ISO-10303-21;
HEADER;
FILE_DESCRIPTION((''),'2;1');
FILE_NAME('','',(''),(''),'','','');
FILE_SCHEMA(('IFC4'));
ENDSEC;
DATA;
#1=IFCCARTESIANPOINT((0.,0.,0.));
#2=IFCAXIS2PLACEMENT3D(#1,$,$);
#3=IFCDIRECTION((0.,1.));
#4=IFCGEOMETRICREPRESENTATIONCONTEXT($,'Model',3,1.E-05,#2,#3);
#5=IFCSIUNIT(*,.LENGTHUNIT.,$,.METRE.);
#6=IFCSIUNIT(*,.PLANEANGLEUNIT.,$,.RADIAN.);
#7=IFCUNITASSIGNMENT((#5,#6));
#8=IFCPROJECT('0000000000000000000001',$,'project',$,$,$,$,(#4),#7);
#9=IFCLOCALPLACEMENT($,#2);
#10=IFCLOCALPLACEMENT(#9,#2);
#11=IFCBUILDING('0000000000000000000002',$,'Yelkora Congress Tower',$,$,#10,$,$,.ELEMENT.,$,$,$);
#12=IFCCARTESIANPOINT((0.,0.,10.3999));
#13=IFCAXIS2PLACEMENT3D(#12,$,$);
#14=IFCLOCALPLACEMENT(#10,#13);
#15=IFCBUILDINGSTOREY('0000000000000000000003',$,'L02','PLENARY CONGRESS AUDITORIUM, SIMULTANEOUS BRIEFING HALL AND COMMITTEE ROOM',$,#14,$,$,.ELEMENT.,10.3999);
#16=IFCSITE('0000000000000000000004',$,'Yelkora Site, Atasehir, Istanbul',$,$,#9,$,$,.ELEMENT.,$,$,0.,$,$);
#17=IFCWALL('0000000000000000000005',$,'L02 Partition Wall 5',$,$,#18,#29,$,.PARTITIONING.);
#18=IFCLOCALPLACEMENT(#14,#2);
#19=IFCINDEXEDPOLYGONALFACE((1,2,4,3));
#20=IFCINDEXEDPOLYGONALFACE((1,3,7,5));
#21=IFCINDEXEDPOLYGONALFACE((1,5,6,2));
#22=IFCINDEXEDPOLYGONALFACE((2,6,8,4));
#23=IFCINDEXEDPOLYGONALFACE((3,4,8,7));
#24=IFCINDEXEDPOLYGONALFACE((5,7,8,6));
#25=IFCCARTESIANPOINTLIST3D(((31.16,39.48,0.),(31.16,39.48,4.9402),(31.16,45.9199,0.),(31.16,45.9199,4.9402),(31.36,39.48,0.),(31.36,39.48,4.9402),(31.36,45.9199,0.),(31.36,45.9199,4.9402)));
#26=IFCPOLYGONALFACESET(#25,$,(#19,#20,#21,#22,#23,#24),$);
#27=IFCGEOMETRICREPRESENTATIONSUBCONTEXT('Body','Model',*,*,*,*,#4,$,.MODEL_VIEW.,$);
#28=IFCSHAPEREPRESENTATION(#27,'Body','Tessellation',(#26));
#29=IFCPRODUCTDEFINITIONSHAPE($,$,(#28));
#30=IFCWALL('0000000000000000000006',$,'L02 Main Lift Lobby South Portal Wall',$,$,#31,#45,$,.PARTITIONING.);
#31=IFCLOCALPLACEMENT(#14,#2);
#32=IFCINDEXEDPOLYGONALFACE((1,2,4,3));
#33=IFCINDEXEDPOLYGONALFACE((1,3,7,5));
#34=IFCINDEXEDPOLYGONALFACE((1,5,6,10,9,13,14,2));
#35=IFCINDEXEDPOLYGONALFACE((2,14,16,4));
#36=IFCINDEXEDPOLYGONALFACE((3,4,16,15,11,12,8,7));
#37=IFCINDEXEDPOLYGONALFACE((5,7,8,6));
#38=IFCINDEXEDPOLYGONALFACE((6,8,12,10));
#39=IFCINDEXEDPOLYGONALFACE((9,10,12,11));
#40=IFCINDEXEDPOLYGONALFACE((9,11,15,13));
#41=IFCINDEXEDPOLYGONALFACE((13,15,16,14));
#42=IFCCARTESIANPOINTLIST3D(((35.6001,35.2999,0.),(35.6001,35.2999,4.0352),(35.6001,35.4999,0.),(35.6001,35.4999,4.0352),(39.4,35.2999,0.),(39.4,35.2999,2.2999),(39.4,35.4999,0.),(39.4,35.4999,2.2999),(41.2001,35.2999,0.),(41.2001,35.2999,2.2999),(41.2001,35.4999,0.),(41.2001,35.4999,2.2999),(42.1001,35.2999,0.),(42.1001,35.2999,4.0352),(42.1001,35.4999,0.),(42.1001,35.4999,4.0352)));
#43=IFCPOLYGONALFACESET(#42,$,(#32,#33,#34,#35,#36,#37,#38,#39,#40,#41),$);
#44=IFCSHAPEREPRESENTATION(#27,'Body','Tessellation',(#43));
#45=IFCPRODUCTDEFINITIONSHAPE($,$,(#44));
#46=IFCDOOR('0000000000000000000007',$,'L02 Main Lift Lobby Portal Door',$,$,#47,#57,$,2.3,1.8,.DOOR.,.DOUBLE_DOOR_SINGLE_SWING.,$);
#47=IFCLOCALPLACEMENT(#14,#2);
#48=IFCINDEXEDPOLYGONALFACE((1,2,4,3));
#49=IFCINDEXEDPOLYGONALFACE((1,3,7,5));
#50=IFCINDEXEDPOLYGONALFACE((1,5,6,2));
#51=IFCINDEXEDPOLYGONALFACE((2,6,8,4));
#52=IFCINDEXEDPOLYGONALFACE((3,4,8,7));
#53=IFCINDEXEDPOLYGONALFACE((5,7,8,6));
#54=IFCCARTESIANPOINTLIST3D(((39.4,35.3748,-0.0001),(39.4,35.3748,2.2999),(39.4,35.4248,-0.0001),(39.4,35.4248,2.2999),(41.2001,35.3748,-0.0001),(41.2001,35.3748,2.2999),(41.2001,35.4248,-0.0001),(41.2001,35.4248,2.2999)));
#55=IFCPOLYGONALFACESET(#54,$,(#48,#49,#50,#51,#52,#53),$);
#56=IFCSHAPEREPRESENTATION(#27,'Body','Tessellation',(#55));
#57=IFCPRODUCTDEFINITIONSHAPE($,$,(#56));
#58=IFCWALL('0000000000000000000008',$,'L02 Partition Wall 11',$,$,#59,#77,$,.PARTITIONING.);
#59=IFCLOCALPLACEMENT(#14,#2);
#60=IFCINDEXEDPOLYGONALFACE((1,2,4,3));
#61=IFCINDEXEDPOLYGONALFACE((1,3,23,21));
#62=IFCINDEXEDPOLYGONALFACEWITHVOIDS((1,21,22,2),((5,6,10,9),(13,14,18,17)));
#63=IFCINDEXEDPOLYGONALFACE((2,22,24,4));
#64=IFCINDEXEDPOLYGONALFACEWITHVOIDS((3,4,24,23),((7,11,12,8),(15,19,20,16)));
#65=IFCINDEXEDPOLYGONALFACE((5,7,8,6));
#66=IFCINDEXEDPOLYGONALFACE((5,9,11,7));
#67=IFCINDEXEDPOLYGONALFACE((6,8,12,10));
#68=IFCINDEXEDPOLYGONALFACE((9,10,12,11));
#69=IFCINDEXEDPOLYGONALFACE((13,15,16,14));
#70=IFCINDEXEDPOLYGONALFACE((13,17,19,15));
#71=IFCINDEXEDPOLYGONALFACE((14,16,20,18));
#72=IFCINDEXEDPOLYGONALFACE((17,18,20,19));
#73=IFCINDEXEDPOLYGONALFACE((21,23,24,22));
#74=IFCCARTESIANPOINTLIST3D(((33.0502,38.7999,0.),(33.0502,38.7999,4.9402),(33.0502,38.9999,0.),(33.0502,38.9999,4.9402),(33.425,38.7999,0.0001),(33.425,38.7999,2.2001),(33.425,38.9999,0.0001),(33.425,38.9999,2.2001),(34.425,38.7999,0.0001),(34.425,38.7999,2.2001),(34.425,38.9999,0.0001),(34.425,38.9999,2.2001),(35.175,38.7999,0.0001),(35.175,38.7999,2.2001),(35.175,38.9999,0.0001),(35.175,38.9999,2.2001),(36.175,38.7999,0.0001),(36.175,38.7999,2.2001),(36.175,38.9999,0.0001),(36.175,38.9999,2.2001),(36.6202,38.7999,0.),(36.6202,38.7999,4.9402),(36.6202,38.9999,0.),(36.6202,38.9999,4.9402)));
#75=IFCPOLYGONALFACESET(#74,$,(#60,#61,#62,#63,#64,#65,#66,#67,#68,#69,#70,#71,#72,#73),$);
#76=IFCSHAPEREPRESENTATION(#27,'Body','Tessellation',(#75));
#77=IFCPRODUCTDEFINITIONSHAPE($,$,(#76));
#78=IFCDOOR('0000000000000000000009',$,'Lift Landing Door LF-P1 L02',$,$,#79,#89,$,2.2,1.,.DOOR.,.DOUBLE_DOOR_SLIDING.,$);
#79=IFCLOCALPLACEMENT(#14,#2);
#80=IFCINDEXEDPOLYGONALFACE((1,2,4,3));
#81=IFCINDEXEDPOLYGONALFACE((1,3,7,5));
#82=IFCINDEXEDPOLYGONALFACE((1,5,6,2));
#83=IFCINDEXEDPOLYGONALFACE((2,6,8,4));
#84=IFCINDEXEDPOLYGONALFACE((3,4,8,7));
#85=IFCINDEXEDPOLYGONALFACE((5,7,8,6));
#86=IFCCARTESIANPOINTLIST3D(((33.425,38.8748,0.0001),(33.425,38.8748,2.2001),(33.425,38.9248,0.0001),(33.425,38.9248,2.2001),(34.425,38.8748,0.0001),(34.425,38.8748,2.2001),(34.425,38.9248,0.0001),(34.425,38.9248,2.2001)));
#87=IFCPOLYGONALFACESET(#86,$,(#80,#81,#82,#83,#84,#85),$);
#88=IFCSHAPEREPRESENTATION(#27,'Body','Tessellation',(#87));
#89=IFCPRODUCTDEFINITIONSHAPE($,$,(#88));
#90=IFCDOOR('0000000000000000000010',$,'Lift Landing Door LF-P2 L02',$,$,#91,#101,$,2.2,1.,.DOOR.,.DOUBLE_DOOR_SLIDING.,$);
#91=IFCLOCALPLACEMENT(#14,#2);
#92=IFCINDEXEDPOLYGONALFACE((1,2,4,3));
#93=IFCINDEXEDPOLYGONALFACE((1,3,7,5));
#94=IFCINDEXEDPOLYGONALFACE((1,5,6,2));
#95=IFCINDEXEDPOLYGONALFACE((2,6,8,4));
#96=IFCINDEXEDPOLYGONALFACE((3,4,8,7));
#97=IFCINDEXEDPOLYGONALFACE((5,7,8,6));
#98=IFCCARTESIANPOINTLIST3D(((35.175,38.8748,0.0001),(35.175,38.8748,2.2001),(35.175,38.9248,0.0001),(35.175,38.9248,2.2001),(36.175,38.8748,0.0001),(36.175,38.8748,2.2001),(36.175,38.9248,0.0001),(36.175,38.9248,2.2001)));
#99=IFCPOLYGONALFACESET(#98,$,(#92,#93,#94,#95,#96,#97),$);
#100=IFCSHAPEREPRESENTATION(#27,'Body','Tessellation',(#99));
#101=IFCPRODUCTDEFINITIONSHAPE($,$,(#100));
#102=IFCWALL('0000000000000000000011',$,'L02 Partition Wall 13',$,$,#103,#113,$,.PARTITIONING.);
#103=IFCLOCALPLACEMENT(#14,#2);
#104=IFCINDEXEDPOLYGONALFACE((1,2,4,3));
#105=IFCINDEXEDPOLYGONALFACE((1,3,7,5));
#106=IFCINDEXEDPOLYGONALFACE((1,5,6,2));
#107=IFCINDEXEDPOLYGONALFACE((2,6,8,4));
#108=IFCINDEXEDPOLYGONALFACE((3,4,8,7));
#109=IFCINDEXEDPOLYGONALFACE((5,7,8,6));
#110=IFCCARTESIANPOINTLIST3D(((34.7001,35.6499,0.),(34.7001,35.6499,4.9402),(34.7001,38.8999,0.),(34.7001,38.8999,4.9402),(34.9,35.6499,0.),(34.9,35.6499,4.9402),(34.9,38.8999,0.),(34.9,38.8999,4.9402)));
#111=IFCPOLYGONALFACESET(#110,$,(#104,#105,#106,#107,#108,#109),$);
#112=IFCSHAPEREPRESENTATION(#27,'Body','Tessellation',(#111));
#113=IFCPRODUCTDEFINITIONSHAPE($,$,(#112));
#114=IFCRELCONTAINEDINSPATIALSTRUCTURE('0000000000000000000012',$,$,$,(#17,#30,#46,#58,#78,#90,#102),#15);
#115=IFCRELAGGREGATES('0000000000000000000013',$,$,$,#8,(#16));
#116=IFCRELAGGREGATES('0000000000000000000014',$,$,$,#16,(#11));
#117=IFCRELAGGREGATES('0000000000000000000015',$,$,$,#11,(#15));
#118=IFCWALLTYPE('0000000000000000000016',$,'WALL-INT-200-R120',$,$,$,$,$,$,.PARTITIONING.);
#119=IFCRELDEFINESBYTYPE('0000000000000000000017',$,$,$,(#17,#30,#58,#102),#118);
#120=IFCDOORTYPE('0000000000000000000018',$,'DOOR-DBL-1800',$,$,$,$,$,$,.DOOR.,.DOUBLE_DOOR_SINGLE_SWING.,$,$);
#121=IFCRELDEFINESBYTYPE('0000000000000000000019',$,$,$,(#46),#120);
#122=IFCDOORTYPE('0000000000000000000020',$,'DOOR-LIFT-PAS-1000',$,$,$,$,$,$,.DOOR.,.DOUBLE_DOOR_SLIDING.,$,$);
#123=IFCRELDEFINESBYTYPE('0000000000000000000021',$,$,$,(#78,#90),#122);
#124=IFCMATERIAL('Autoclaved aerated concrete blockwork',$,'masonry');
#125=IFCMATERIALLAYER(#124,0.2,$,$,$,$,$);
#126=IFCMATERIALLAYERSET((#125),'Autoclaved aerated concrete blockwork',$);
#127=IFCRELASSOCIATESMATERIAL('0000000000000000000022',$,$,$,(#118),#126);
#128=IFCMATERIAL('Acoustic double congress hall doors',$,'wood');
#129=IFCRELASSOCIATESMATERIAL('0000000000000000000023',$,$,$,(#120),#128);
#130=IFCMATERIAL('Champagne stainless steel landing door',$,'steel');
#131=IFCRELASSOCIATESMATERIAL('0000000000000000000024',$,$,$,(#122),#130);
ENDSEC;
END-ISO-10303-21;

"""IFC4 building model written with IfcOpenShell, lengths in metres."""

from ifc_helpers import new_model, si_unit, direction, frame, frame_2d, origin, place, context, subcontext, project, spatial, rectangle, extrude, material, layer, layer_set, type_object, element, fill, save


model = new_model("IFC4")

# Units and contexts
model_context = context("Model", 3, precision=1e-05, world=origin(), true_north=direction((0.0, 1.0)))
body_context = subcontext(model_context, "Body", "Model", "MODEL_VIEW")
ifc_project = project(units=[si_unit("LENGTHUNIT", "METRE"), si_unit("PLANEANGLEUNIT", "RADIAN")], contexts=[model_context])

# Site, building, storey
site_placement = place(None, origin())
site = spatial("IfcSite", under=ifc_project, at=site_placement, Name="Yelkora Site, Atasehir, Istanbul", CompositionType="ELEMENT", RefElevation=0.0)
building_placement = place(site_placement, origin())
building = spatial("IfcBuilding", under=site, at=building_placement, Name="Yelkora Congress Tower", CompositionType="ELEMENT")
storey_placement = place(building_placement, frame((0.0, 0.0, 10.3999)))
storey = spatial("IfcBuildingStorey", under=building, at=storey_placement, Name="L02", Description="PLENARY CONGRESS AUDITORIUM, SIMULTANEOUS BRIEFING HALL AND COMMITTEE ROOM", CompositionType="ELEMENT", Elevation=10.3999)

# Shared definitions
ifc_material_1 = material(Name="Autoclaved aerated concrete blockwork", Category="masonry")
ifc_layer_1 = layer(ifc_material_1, 0.2)
ifc_layer_set_1 = layer_set([ifc_layer_1], Name="Autoclaved aerated concrete blockwork")
wall_type_1 = type_object("IfcWallType", Name="WALL-INT-200-R120", PredefinedType="PARTITIONING", material=ifc_layer_set_1)

# Wall
wall_1_placement = place(storey_placement, frame((31.26, 39.48, 0.0), z_axis=(0.0, 0.0, 1.0), x_axis=(0.0, 1.0, 0.0)))
element("IfcWall", 1, at=wall_1_placement, inside=storey, type_object=wall_type_1, Name="L02 Partition Wall 5", PredefinedType="PARTITIONING", context=body_context, shape_type="SweptSolid", body=[
    extrude(rectangle(XDim=6.4399, YDim=0.2, at=frame_2d((3.22, 0.0))), origin(), (0.0, 0.0, 1.0), 4.9402),
])

# Wall, opening, door
wall_2_placement = place(storey_placement, frame((35.6001, 35.3999, 0.0), z_axis=(0.0, 0.0, 1.0), x_axis=(1.0, 0.0, 0.0)))
wall_2 = element("IfcWall", 2, at=wall_2_placement, inside=storey, type_object=wall_type_1, Name="L02 Main Lift Lobby South Portal Wall", PredefinedType="PARTITIONING", context=body_context, shape_type="SweptSolid", body=[
    extrude(rectangle(XDim=6.5, YDim=0.2, at=frame_2d((3.25, 0.0))), origin(), (0.0, 0.0, 1.0), 4.0352),
])
opening_1_placement = place(wall_2_placement, frame((3.8, 0.0, 0.0)))
opening_1 = element("IfcOpeningElement", 3, at=opening_1_placement, cuts=wall_2, PredefinedType="OPENING", context=body_context, shape_type="SweptSolid", body=[
    extrude(rectangle(XDim=1.8, YDim=2.3, at=frame_2d((0.8999, 1.1499))), frame((0.0, 0.1099, 0.0), z_axis=(0.0, -1.0, 0.0), x_axis=(1.0, 0.0, 0.0)), (0.0, 0.0, 1.0), 0.22),
])
ifc_material_2 = material(Name="Acoustic double congress hall doors", Category="wood")
door_type_1 = type_object("IfcDoorType", Name="DOOR-DBL-1800", OperationType="DOUBLE_DOOR_SINGLE_SWING", PredefinedType="DOOR", material=ifc_material_2)
door_1_placement = place(opening_1_placement, origin())
door_1 = element("IfcDoor", 4, at=door_1_placement, inside=storey, type_object=door_type_1, Name="L02 Main Lift Lobby Portal Door", OperationType="DOUBLE_DOOR_SINGLE_SWING", OverallHeight=2.3, OverallWidth=1.8, PredefinedType="DOOR", context=body_context, shape_type="SweptSolid", body=[
    extrude(rectangle(XDim=1.8, YDim=2.3, at=frame_2d((0.8999, 1.1499))), frame((0.0, 0.0249, 0.0), z_axis=(0.0, -1.0, 0.0), x_axis=(1.0, 0.0, 0.0)), (0.0, 0.0, 1.0), 0.05),
])
fill(opening_1, door_1)

# Wall, openings, doors
wall_3_placement = place(storey_placement, frame((33.05, 38.8999, 0.0), z_axis=(0.0, 0.0, 1.0), x_axis=(1.0, 0.0, 0.0)))
wall_3 = element("IfcWall", 5, at=wall_3_placement, inside=storey, type_object=wall_type_1, Name="L02 Partition Wall 11", PredefinedType="PARTITIONING", context=body_context, shape_type="SweptSolid", body=[
    extrude(rectangle(XDim=3.5701, YDim=0.2, at=frame_2d((1.7852, 0.0))), origin(), (0.0, 0.0, 1.0), 4.9402),
])
opening_2_placement = place(wall_3_placement, frame((0.375, 0.0, 0.0)))
opening_2 = element("IfcOpeningElement", 6, at=opening_2_placement, cuts=wall_3, PredefinedType="OPENING", context=body_context, shape_type="SweptSolid", body=[
    extrude(rectangle(XDim=1.0, YDim=2.2, at=frame_2d((0.5, 1.1001))), frame((0.0, 0.1099, 0.0), z_axis=(0.0, -1.0, 0.0), x_axis=(1.0, 0.0, 0.0)), (0.0, 0.0, 1.0), 0.22),
])
opening_3_placement = place(wall_3_placement, frame((2.125, 0.0, 0.0)))
opening_3 = element("IfcOpeningElement", 7, at=opening_3_placement, cuts=wall_3, PredefinedType="OPENING", context=body_context, shape_type="SweptSolid", body=[
    extrude(rectangle(XDim=1.0, YDim=2.2, at=frame_2d((0.5, 1.1001))), frame((0.0, 0.1099, 0.0), z_axis=(0.0, -1.0, 0.0), x_axis=(1.0, 0.0, 0.0)), (0.0, 0.0, 1.0), 0.22),
])
ifc_material_3 = material(Name="Champagne stainless steel landing door", Category="steel")
door_type_2 = type_object("IfcDoorType", Name="DOOR-LIFT-PAS-1000", OperationType="DOUBLE_DOOR_SLIDING", PredefinedType="DOOR", material=ifc_material_3)
door_2_placement = place(opening_2_placement, origin())
door_2 = element("IfcDoor", 8, at=door_2_placement, inside=storey, type_object=door_type_2, Name="Lift Landing Door LF-P1 L02", OperationType="DOUBLE_DOOR_SLIDING", OverallHeight=2.2, OverallWidth=1.0, PredefinedType="DOOR", context=body_context, shape_type="SweptSolid", body=[
    extrude(rectangle(XDim=1.0, YDim=2.2, at=frame_2d((0.5, 1.1001))), frame((0.0, 0.0249, 0.0), z_axis=(0.0, -1.0, 0.0), x_axis=(1.0, 0.0, 0.0)), (0.0, 0.0, 1.0), 0.05),
])
fill(opening_2, door_2)
door_3_placement = place(opening_3_placement, origin())
door_3 = element("IfcDoor", 9, at=door_3_placement, inside=storey, type_object=door_type_2, Name="Lift Landing Door LF-P2 L02", OperationType="DOUBLE_DOOR_SLIDING", OverallHeight=2.2, OverallWidth=1.0, PredefinedType="DOOR", context=body_context, shape_type="SweptSolid", body=[
    extrude(rectangle(XDim=1.0, YDim=2.2, at=frame_2d((0.5, 1.1001))), frame((0.0, 0.0249, 0.0), z_axis=(0.0, -1.0, 0.0), x_axis=(1.0, 0.0, 0.0)), (0.0, 0.0, 1.0), 0.05),
])
fill(opening_3, door_3)

# Wall
wall_4_placement = place(storey_placement, frame((34.8, 35.6499, 0.0), z_axis=(0.0, 0.0, 1.0), x_axis=(0.0, 1.0, 0.0)))
element("IfcWall", 10, at=wall_4_placement, inside=storey, type_object=wall_type_1, Name="L02 Partition Wall 13", PredefinedType="PARTITIONING", context=body_context, shape_type="SweptSolid", body=[
    extrude(rectangle(XDim=3.25, YDim=0.2, at=frame_2d((1.625, 0.0))), origin(), (0.0, 0.0, 1.0), 4.9402),
])

save(model, "model.ifc")
